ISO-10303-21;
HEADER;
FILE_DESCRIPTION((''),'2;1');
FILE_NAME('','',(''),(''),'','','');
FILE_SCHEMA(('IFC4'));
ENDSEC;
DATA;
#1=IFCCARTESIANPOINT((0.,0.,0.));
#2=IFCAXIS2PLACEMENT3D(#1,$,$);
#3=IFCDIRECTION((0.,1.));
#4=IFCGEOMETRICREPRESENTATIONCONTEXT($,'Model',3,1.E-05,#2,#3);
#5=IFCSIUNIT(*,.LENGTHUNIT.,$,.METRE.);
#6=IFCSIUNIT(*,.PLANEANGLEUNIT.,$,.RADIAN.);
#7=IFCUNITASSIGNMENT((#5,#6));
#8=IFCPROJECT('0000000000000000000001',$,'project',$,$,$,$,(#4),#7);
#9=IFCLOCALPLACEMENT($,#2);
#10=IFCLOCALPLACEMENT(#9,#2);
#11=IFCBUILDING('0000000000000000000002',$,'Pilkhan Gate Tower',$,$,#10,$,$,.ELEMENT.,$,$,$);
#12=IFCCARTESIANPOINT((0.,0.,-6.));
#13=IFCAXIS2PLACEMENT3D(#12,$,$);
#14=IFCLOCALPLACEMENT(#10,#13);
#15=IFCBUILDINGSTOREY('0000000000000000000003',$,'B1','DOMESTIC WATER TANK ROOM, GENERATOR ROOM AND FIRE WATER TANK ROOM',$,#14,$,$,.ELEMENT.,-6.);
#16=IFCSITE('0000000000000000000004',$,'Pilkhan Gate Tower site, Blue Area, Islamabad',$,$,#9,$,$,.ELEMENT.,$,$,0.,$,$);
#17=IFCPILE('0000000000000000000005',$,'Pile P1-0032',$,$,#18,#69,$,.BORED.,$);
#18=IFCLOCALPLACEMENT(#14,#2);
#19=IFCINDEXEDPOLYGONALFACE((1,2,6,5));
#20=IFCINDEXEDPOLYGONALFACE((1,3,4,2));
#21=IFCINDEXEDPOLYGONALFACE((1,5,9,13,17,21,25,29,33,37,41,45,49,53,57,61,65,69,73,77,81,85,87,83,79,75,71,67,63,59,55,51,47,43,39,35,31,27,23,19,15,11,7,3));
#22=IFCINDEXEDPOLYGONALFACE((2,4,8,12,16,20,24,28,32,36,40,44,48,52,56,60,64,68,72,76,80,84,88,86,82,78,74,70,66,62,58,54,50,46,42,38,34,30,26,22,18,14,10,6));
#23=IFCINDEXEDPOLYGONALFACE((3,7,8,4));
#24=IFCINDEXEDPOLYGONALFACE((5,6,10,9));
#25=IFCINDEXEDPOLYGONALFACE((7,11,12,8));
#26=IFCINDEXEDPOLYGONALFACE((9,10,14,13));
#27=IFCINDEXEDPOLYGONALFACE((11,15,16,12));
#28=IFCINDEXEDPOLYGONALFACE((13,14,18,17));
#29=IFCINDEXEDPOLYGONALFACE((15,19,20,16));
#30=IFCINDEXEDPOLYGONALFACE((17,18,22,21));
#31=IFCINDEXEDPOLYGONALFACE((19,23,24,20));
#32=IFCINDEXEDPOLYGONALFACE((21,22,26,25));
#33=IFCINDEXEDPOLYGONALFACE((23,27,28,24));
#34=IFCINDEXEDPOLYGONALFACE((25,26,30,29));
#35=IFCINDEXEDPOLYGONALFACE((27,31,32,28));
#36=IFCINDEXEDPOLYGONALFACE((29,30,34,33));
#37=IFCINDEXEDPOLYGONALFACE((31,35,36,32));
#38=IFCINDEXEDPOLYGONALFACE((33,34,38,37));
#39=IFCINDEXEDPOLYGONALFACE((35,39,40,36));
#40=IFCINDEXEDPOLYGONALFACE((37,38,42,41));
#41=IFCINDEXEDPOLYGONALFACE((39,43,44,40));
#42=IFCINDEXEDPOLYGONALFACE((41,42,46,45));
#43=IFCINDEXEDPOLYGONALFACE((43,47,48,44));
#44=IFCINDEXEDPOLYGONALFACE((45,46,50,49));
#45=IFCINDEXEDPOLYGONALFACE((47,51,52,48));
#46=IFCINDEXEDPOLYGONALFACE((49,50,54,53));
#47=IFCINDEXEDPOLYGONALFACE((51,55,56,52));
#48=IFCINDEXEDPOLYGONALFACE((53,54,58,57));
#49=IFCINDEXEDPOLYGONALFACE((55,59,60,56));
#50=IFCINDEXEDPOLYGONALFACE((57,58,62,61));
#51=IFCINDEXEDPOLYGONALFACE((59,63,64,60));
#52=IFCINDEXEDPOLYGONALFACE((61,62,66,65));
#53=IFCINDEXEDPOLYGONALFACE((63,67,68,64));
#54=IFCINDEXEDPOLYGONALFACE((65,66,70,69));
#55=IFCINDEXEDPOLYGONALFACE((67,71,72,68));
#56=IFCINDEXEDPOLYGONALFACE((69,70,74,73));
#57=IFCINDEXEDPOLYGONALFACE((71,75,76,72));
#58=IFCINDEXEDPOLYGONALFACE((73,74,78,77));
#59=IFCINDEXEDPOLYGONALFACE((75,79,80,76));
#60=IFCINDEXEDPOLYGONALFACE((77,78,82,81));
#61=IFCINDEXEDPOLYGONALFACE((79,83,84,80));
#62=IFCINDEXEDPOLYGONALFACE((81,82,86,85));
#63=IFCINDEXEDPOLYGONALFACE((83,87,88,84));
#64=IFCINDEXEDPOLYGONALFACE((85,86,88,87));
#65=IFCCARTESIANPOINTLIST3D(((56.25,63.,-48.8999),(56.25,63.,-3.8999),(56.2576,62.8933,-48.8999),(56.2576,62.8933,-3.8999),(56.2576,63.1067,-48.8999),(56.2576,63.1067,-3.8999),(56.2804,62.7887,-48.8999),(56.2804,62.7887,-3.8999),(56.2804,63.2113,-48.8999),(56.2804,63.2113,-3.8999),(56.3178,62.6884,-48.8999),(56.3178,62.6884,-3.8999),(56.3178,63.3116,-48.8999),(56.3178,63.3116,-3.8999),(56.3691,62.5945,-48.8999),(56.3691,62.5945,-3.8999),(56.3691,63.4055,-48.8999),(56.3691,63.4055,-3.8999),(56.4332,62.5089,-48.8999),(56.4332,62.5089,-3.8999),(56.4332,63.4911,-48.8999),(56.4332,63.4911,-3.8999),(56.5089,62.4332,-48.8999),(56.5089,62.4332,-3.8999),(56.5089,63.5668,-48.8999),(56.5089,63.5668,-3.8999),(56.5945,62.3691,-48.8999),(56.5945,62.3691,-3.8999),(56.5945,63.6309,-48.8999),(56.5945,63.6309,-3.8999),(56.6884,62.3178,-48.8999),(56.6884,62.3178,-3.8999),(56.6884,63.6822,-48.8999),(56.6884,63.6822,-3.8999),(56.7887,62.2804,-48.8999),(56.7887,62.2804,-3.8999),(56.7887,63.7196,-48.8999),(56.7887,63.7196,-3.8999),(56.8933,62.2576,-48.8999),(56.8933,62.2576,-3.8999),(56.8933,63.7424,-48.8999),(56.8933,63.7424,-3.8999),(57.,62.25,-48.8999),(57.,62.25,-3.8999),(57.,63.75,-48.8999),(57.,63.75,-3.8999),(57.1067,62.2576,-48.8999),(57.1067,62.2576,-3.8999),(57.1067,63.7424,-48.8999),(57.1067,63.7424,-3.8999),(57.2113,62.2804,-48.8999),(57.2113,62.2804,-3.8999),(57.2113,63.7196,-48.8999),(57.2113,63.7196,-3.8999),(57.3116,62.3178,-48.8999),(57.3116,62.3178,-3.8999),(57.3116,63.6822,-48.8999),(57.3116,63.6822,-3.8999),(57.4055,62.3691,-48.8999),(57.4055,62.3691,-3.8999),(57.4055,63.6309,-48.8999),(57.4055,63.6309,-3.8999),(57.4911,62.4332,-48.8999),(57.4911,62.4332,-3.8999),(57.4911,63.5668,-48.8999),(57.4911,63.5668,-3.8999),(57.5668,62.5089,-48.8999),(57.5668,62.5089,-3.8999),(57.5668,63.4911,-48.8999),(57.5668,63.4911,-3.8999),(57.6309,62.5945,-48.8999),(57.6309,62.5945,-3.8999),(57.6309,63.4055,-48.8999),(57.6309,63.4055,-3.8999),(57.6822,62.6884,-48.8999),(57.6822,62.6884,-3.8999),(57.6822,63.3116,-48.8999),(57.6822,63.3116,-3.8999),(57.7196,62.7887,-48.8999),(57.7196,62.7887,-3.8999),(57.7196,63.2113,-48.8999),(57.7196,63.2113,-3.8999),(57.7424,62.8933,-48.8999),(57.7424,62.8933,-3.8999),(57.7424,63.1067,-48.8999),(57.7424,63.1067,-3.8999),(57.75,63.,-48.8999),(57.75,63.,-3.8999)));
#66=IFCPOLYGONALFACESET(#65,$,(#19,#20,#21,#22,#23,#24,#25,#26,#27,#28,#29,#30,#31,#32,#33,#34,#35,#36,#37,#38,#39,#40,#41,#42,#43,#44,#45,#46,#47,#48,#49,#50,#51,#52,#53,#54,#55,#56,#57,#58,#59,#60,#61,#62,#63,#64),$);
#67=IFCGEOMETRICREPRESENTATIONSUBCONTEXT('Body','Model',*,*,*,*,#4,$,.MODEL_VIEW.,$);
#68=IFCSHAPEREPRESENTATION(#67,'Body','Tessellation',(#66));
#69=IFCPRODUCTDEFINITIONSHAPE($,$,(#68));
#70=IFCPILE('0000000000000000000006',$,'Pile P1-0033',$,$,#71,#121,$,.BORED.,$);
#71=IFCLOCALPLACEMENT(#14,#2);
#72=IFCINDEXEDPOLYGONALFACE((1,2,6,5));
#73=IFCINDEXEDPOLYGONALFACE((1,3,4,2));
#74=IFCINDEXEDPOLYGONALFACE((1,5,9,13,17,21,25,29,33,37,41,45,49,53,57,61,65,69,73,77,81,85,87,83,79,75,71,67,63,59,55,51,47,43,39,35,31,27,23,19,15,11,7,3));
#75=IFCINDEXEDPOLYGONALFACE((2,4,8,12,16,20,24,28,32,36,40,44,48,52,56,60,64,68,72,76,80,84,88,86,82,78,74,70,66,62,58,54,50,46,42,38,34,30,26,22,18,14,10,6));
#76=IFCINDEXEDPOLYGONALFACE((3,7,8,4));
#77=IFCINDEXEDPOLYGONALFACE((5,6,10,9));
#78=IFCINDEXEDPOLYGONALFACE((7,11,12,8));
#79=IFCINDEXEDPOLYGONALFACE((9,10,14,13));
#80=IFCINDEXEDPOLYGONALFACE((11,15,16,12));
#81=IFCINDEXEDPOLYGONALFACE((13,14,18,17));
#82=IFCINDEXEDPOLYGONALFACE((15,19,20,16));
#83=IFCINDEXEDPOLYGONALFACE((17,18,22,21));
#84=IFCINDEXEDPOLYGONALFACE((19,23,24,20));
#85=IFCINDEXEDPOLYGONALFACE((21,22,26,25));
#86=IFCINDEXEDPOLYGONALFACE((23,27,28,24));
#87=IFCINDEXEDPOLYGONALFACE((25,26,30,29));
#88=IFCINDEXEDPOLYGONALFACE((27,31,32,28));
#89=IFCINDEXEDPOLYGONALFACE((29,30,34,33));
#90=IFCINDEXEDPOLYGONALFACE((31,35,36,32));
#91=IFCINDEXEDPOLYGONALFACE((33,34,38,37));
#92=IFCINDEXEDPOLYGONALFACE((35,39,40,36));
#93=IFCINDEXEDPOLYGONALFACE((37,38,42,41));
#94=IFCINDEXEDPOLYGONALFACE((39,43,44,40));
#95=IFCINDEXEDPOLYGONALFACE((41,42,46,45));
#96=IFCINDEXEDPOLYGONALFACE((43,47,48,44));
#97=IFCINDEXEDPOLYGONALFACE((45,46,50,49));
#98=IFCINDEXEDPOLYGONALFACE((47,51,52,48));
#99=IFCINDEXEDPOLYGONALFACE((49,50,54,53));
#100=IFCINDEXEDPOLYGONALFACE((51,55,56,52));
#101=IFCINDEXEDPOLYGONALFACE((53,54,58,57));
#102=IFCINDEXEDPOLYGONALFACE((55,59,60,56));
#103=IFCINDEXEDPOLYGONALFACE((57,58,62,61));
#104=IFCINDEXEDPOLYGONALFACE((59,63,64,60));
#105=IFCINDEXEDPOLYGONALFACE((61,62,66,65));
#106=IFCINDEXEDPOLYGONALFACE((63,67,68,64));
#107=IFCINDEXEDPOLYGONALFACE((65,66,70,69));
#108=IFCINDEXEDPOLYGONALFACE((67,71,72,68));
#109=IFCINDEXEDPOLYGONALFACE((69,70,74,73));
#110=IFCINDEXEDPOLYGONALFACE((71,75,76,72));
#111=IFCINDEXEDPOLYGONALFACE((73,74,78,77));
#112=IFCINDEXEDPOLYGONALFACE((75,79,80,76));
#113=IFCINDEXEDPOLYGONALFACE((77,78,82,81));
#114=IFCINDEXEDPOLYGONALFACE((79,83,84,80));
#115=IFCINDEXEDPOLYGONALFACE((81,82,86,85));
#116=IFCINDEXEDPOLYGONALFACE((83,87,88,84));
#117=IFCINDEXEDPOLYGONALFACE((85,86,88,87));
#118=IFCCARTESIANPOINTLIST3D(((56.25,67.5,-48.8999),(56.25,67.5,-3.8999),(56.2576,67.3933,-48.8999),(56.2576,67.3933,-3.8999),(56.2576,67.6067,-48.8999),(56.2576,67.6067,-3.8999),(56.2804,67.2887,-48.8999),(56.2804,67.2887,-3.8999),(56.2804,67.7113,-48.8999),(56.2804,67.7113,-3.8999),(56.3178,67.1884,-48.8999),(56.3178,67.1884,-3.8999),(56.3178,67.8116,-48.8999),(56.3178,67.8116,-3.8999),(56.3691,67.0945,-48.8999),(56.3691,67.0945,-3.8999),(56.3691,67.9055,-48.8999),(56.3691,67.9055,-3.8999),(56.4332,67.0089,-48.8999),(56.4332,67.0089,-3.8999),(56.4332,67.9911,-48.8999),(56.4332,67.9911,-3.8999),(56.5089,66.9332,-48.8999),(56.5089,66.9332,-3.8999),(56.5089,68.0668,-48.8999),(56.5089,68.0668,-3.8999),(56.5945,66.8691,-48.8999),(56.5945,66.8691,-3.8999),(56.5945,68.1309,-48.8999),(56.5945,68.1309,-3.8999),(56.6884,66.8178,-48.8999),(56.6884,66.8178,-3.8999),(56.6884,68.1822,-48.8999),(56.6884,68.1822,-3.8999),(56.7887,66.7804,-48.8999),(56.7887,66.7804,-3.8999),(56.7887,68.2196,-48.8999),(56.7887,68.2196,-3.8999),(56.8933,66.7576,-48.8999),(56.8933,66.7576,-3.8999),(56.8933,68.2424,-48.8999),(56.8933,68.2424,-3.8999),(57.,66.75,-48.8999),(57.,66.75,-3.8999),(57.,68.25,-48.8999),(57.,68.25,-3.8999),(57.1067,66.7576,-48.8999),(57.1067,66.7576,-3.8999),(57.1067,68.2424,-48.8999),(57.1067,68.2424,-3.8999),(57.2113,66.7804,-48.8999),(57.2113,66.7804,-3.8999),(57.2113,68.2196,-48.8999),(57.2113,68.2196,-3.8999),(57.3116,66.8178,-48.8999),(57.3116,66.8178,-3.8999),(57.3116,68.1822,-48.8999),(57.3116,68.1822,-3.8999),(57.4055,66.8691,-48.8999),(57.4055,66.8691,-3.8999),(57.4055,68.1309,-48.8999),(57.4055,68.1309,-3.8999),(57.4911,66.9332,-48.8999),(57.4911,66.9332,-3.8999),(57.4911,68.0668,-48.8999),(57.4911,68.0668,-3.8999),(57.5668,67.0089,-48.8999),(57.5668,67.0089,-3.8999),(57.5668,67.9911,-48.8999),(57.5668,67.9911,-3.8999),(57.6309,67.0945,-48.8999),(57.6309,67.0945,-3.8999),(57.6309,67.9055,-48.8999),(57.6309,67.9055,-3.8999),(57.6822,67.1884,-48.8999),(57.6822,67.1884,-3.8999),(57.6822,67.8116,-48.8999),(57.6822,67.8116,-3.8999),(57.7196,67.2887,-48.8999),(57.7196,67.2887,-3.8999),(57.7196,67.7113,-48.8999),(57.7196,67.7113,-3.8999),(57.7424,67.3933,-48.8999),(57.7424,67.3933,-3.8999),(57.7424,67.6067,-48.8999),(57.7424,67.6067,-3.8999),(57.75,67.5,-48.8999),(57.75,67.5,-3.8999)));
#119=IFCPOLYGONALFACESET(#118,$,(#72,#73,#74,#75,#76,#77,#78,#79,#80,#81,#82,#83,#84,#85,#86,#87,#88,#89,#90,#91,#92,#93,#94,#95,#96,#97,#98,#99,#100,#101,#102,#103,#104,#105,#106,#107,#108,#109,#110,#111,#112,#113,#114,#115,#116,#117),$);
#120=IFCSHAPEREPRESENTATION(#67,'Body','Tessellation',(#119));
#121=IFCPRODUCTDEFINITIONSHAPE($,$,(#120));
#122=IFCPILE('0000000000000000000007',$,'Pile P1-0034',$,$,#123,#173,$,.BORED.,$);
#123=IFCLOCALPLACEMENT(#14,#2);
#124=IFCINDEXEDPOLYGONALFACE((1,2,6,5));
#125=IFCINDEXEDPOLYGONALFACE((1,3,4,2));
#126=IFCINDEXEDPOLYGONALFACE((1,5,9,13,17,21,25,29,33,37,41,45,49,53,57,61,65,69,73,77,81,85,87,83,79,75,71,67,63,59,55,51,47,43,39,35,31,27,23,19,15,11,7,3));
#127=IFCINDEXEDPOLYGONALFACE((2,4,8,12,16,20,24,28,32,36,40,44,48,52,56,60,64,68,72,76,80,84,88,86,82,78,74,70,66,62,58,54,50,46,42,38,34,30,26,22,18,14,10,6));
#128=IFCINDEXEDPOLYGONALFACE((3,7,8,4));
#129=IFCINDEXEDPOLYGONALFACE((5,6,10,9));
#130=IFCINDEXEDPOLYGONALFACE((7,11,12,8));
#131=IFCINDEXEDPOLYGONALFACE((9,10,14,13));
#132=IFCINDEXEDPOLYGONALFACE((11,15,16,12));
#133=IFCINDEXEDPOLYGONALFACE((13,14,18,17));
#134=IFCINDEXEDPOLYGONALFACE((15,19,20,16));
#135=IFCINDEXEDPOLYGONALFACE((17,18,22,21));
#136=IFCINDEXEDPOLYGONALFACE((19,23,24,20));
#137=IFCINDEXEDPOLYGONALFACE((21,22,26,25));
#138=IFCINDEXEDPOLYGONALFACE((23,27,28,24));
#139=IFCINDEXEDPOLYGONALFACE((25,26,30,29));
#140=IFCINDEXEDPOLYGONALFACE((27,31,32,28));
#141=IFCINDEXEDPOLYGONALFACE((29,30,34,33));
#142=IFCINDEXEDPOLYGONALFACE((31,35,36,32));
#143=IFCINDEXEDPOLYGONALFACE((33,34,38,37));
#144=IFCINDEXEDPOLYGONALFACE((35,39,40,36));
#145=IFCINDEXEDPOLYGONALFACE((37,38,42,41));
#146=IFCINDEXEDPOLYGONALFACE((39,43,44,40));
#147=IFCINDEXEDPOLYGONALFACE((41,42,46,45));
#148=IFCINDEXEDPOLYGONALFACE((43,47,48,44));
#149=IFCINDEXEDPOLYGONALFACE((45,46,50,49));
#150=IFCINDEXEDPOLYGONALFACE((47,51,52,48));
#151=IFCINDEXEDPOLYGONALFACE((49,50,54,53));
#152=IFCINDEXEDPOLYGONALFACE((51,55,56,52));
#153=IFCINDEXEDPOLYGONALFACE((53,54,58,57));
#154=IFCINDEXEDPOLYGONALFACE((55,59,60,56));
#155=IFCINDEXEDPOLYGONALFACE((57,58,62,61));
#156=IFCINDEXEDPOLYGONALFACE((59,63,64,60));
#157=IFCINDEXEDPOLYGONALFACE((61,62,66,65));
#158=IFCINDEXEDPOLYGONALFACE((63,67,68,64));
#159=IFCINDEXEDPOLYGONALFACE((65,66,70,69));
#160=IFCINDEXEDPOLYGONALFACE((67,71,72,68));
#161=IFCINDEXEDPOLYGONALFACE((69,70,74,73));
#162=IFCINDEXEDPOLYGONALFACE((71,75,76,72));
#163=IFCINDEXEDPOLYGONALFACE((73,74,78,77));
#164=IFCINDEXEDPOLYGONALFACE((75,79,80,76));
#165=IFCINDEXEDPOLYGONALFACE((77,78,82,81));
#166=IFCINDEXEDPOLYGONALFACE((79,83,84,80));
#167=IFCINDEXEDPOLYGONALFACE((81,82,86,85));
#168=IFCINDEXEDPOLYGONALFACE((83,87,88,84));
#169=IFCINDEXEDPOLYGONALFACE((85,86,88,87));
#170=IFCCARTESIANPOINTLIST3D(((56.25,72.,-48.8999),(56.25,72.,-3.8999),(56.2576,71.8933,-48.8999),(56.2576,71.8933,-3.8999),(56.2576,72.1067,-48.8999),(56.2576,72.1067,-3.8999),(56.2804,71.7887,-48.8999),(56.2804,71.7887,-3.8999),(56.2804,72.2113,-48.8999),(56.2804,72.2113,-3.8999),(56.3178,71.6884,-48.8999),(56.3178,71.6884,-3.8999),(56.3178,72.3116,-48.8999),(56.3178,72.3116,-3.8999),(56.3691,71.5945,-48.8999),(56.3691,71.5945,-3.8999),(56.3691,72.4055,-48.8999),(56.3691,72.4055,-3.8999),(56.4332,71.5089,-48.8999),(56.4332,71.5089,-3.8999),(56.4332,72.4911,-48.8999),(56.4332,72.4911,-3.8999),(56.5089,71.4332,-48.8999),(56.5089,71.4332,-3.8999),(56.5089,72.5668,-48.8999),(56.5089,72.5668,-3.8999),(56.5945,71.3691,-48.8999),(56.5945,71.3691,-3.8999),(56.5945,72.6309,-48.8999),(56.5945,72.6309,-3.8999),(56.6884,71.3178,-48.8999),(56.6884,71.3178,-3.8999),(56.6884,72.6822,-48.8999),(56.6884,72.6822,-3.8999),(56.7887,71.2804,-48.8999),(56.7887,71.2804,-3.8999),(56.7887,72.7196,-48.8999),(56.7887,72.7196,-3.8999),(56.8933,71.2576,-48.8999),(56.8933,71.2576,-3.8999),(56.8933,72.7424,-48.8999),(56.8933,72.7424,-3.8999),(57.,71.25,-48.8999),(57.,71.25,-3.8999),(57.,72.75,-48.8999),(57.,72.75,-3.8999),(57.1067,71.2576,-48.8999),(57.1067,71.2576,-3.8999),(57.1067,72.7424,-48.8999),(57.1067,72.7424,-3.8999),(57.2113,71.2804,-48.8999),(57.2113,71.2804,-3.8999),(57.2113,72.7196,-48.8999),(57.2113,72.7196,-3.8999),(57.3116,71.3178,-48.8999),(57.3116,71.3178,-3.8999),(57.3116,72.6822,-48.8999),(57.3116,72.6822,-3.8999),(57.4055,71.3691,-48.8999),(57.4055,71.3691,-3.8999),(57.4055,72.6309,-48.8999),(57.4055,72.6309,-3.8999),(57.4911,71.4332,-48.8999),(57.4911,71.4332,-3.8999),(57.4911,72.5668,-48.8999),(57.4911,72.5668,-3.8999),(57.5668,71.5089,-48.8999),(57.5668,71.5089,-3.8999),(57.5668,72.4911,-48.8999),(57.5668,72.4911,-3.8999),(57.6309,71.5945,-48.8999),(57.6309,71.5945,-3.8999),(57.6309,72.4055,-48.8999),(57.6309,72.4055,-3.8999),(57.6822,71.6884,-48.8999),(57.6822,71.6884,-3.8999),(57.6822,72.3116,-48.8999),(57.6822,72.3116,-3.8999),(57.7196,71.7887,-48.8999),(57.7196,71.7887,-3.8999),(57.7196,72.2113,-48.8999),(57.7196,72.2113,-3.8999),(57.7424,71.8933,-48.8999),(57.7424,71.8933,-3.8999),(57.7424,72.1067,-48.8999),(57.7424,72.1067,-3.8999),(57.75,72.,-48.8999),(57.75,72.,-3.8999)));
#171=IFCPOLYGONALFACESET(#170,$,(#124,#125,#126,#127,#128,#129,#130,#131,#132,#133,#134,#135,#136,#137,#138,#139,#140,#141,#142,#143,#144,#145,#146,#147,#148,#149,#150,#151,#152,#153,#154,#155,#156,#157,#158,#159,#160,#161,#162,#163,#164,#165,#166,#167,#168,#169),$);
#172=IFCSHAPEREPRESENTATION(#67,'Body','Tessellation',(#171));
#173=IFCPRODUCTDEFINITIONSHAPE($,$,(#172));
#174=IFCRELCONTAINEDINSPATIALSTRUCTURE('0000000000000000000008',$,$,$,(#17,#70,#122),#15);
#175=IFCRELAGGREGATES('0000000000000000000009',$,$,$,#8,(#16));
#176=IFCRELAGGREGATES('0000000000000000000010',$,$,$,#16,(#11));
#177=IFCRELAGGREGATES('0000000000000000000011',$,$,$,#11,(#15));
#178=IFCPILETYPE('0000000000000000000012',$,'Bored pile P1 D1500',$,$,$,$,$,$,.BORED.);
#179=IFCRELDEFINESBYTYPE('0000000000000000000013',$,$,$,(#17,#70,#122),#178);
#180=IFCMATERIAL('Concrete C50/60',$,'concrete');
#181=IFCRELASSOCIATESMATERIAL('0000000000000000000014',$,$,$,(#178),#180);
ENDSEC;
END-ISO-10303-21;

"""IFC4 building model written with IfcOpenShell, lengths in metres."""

from ifc_helpers import new_model, si_unit, direction, frame, origin, origin_2d, place, context, subcontext, project, spatial, circle, extrude, material, material_profile, profile_set, type_object, element, save


model = new_model("IFC4")

# Units and contexts
model_context = context("Model", 3, precision=1e-05, world=origin(), true_north=direction((0.0, 1.0)))
body_context = subcontext(model_context, "Body", "Model", "MODEL_VIEW")
ifc_project = project(units=[si_unit("LENGTHUNIT", "METRE"), si_unit("PLANEANGLEUNIT", "RADIAN")], contexts=[model_context])

# Site, building, storey
site_placement = place(None, origin())
site = spatial("IfcSite", under=ifc_project, at=site_placement, Name="Pilkhan Gate Tower site, Blue Area, Islamabad", CompositionType="ELEMENT", RefElevation=0.0)
building_placement = place(site_placement, origin())
building = spatial("IfcBuilding", under=site, at=building_placement, Name="Pilkhan Gate Tower", CompositionType="ELEMENT")
storey_placement = place(building_placement, frame((0.0, 0.0, -6.0)))
storey = spatial("IfcBuildingStorey", under=building, at=storey_placement, Name="B1", Description="DOMESTIC WATER TANK ROOM, GENERATOR ROOM AND FIRE WATER TANK ROOM", CompositionType="ELEMENT", Elevation=-6.0)

# Piles
ifc_material_1 = material(Name="Concrete C50/60", Category="concrete")
ifc_material_profile_1 = material_profile(ifc_material_1, circle(Radius=0.75, at=origin_2d()), Name="Bored pile 1500 dia")
ifc_profile_set_1 = profile_set([ifc_material_profile_1], Name="Concrete C50/60")
pile_type = type_object("IfcPileType", Name="Bored pile P1 D1500", PredefinedType="BORED", material=ifc_profile_set_1)
for number, where, z_axis, x_axis, name in (
    (1, (57.0, 63.0, -3.8999), (0.0, 0.0, -1.0), (1.0, 0.0, 0.0), "Pile P1-0032"),
    (2, (57.0, 67.5, -3.8999), (0.0, 0.0, -1.0), (1.0, 0.0, 0.0), "Pile P1-0033"),
    (3, (57.0, 72.0, -3.8999), (0.0, 0.0, -1.0), (1.0, 0.0, 0.0), "Pile P1-0034"),
):
    element("IfcPile", number, at=place(storey_placement, frame(where, z_axis=z_axis, x_axis=x_axis)), inside=storey, type_object=pile_type, Name=name, PredefinedType="BORED", context=body_context, shape_type="SweptSolid", body=[
        extrude(circle(Radius=0.75, at=origin_2d()), origin(), (0.0, 0.0, 1.0), 45.0),
    ])

save(model, "model.ifc")
